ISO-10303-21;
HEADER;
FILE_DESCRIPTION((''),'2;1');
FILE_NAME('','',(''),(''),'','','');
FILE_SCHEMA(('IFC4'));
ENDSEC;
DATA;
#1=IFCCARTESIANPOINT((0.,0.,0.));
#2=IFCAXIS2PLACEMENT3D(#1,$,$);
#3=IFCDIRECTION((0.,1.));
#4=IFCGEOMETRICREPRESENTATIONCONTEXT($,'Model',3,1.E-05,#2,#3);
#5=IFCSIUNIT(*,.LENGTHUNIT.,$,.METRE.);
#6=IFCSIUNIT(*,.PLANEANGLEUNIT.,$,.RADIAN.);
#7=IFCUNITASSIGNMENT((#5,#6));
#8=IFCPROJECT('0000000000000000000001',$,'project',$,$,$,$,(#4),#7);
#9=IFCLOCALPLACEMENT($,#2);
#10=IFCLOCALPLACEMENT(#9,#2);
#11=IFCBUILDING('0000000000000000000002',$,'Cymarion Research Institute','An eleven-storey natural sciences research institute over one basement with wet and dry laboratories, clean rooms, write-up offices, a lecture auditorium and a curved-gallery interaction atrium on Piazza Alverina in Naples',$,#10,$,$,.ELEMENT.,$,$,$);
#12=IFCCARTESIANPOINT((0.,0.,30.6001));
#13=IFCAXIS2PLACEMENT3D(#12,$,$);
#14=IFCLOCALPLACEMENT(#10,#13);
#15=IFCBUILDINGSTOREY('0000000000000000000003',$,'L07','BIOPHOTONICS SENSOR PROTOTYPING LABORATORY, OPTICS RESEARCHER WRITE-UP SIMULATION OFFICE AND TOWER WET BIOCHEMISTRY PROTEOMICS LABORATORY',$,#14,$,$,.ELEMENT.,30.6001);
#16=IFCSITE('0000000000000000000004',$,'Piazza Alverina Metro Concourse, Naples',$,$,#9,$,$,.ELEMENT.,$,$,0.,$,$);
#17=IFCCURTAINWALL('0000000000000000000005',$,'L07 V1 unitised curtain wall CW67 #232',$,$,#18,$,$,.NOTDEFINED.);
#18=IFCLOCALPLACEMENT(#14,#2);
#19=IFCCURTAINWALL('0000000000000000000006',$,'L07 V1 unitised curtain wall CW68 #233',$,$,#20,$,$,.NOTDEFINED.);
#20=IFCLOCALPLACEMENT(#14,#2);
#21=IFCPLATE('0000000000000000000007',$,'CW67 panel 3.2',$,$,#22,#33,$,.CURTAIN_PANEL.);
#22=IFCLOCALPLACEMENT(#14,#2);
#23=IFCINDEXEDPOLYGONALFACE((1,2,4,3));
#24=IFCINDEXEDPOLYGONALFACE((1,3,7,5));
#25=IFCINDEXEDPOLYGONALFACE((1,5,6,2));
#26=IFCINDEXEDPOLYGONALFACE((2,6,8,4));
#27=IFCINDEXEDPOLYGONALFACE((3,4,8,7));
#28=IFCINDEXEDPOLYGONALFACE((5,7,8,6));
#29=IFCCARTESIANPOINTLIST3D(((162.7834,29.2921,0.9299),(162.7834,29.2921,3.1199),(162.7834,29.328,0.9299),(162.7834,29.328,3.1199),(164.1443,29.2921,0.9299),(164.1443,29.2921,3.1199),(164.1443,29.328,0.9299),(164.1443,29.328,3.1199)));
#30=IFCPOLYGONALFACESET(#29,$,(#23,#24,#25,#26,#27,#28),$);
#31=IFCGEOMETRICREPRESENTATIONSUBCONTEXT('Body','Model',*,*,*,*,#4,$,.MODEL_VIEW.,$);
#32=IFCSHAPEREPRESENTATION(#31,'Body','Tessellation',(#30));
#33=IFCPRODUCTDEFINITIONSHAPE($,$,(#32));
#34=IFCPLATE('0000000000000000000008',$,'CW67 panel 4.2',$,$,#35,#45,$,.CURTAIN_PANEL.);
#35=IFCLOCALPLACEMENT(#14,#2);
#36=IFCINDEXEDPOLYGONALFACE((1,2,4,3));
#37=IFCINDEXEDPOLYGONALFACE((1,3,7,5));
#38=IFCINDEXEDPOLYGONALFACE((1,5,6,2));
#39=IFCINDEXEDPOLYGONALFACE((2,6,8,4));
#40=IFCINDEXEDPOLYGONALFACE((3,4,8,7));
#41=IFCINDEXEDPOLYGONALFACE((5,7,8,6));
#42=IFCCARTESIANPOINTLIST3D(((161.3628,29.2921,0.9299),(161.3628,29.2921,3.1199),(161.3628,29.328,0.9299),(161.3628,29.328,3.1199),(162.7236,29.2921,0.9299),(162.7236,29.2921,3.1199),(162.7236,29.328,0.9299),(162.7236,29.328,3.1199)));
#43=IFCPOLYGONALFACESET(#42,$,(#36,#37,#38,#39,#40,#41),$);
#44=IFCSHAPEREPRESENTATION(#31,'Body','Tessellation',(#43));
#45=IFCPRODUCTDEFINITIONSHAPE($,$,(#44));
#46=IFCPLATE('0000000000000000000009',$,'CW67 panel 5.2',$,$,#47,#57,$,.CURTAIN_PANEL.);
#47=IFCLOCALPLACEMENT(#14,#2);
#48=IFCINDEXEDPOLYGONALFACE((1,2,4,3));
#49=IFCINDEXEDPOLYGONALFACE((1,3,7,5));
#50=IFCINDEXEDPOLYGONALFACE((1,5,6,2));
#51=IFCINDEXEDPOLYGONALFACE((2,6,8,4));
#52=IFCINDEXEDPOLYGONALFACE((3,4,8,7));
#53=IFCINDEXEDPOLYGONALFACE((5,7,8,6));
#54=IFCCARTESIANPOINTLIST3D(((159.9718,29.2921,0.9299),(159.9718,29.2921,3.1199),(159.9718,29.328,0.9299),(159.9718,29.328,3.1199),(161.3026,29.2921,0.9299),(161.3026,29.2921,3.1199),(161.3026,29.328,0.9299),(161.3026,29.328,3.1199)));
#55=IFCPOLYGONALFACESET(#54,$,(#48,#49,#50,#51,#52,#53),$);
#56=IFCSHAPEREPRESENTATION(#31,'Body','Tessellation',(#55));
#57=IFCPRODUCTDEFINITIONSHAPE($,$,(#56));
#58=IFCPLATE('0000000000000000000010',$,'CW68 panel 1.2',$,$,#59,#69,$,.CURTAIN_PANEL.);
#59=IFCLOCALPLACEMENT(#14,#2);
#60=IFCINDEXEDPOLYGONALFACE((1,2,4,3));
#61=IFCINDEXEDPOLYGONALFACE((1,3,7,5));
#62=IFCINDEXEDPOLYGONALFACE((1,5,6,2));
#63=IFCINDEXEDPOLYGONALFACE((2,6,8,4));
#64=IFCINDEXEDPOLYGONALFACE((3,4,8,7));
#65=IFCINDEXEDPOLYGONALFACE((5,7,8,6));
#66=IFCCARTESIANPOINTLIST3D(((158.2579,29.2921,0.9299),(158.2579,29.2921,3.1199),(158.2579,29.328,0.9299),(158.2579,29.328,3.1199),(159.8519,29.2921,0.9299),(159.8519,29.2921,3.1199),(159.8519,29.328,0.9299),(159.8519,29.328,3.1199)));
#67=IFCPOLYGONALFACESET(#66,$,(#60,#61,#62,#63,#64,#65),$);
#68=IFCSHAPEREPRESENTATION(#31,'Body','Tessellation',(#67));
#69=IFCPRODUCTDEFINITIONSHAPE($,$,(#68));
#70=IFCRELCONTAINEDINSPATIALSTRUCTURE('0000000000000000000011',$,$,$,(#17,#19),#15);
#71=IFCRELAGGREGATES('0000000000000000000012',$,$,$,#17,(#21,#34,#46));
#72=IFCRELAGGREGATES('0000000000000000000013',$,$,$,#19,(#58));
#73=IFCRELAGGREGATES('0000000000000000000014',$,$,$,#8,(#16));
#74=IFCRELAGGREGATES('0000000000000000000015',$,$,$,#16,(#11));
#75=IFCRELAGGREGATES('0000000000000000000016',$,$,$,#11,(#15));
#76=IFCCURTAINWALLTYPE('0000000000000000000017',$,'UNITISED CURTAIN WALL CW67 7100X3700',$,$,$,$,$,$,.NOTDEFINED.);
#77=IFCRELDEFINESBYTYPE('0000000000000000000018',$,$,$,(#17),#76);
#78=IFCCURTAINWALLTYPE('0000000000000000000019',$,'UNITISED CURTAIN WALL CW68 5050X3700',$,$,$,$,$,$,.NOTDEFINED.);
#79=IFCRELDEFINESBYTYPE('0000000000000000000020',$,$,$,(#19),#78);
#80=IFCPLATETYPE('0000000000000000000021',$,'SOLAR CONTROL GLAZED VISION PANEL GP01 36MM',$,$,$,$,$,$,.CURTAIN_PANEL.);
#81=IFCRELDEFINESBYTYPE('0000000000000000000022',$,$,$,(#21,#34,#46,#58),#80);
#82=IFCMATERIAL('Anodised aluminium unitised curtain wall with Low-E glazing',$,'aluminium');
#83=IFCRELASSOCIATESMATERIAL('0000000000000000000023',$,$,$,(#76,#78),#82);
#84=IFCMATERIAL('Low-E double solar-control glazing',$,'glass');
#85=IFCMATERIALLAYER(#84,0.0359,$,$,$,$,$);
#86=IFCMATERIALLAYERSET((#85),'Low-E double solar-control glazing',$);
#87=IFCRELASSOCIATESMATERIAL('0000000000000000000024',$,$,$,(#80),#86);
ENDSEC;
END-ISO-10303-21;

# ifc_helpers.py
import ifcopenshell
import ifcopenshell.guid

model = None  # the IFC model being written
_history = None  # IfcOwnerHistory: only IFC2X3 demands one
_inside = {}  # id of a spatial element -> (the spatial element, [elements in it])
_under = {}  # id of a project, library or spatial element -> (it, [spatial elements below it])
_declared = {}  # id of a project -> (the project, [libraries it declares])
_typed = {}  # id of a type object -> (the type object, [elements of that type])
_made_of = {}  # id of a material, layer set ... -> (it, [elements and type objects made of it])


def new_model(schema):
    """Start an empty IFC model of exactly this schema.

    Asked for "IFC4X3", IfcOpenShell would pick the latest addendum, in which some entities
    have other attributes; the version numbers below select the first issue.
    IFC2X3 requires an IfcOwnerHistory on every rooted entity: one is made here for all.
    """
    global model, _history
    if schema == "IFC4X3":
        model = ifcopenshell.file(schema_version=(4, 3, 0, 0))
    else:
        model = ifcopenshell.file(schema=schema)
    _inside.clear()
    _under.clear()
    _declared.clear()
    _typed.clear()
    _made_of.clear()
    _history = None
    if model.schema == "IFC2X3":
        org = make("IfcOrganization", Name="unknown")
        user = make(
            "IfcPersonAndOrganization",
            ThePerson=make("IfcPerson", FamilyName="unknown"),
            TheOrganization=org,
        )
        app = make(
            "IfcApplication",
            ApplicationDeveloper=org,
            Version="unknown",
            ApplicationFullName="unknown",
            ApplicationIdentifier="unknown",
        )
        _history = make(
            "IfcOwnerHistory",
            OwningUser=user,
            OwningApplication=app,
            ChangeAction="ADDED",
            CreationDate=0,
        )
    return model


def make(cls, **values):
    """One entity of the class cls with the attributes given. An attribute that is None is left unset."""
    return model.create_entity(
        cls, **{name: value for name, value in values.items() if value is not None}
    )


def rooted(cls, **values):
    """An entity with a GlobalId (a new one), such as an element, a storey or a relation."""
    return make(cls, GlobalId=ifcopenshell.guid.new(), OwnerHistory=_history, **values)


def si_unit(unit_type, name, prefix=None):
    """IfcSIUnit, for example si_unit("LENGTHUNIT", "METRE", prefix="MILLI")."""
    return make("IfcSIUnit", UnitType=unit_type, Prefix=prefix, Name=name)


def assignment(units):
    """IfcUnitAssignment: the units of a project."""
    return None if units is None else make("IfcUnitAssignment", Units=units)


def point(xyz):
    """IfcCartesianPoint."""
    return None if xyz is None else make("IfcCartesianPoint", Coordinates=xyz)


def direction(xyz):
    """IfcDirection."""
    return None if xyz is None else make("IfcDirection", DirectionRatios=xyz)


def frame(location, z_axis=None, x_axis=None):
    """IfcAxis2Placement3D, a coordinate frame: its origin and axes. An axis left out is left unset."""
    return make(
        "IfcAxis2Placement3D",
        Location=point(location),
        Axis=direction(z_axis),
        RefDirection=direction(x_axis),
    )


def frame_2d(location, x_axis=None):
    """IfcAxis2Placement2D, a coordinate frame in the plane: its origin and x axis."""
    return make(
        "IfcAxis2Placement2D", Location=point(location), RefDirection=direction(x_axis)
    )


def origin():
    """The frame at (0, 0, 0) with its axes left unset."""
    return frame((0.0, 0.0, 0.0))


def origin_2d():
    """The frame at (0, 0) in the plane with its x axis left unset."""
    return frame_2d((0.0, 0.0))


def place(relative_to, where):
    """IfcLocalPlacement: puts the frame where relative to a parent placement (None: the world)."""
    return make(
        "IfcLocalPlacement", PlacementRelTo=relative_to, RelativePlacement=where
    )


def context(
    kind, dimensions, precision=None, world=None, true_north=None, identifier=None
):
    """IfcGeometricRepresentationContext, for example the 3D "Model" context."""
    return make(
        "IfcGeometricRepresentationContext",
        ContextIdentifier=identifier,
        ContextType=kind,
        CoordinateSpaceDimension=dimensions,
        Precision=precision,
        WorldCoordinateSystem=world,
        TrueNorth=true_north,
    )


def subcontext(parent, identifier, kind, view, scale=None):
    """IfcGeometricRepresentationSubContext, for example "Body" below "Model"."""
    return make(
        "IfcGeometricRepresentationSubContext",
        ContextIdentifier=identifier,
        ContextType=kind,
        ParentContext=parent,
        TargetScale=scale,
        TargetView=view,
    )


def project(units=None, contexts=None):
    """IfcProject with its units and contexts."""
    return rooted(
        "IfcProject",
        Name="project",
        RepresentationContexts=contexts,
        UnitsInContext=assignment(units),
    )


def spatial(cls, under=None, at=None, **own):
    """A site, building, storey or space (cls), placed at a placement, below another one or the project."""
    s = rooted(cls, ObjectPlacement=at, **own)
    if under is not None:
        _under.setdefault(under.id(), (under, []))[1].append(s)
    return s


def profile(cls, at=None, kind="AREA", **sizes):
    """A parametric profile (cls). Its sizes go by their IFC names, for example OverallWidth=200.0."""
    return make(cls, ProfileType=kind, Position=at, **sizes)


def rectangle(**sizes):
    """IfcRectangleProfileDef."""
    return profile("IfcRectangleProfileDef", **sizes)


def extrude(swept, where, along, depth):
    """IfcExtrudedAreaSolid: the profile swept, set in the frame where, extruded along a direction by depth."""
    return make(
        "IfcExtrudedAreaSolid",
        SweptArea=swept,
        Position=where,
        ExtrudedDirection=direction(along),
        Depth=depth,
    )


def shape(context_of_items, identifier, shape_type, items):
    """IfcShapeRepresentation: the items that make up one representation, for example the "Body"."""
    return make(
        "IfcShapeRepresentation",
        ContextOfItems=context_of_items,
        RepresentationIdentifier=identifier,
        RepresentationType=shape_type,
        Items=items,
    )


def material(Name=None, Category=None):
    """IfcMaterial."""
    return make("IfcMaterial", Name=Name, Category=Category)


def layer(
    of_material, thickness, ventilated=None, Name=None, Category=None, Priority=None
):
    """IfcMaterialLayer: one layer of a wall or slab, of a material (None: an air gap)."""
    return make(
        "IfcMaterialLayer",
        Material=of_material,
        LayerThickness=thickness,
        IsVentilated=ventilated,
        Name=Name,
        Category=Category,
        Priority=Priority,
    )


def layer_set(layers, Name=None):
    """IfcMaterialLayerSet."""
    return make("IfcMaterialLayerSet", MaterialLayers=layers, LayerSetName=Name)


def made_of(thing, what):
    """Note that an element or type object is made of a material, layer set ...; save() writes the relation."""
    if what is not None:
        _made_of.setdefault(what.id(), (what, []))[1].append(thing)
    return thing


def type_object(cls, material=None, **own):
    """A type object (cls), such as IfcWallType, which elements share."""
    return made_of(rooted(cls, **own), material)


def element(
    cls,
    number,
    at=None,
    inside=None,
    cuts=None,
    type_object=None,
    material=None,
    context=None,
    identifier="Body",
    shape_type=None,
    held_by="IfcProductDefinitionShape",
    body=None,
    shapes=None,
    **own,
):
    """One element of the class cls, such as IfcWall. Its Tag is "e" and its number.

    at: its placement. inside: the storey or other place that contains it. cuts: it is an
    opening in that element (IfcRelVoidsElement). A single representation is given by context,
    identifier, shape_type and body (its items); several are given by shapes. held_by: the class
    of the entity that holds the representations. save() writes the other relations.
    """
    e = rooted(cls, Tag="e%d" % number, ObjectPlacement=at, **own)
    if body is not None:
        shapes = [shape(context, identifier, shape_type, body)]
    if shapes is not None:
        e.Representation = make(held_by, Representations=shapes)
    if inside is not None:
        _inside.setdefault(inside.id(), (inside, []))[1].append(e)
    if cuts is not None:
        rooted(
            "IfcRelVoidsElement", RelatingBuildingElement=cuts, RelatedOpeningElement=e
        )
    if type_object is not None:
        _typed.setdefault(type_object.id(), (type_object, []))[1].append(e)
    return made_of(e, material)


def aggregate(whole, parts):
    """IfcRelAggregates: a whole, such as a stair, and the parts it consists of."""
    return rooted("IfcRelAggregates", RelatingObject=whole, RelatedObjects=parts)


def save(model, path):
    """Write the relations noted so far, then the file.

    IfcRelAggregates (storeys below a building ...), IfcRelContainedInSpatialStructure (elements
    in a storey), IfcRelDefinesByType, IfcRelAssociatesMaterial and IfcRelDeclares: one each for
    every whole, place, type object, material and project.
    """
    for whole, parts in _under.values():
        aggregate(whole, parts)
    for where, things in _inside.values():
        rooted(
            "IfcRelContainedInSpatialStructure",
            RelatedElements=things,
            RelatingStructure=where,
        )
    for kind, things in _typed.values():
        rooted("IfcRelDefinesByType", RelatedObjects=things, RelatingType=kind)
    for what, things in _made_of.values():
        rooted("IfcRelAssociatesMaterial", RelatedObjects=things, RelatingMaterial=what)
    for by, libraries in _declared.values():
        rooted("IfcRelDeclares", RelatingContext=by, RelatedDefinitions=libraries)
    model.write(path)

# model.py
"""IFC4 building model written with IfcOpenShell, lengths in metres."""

from ifc_helpers import new_model, si_unit, direction, frame, origin, origin_2d, place, context, subcontext, project, spatial, rectangle, extrude, material, layer, layer_set, type_object, element, aggregate, save


model = new_model("IFC4")

# Units and contexts
model_context = context("Model", 3, precision=1e-05, world=origin(), true_north=direction((0.0, 1.0)))
body_context = subcontext(model_context, "Body", "Model", "MODEL_VIEW")
ifc_project = project(units=[si_unit("LENGTHUNIT", "METRE"), si_unit("PLANEANGLEUNIT", "RADIAN")], contexts=[model_context])

# Site, building, storey
site_placement = place(None, origin())
site = spatial("IfcSite", under=ifc_project, at=site_placement, Name="Piazza Alverina Metro Concourse, Naples", CompositionType="ELEMENT", RefElevation=0.0)
building_placement = place(site_placement, origin())
building = spatial("IfcBuilding", under=site, at=building_placement, Name="Cymarion Research Institute", Description="An eleven-storey natural sciences research institute over one basement with wet and dry laboratories, clean rooms, write-up offices, a lecture auditorium and a curved-gallery interaction atrium on Piazza Alverina in Naples", CompositionType="ELEMENT")
storey_placement = place(building_placement, frame((0.0, 0.0, 30.6001)))
storey = spatial("IfcBuildingStorey", under=building, at=storey_placement, Name="L07", Description="BIOPHOTONICS SENSOR PROTOTYPING LABORATORY, OPTICS RESEARCHER WRITE-UP SIMULATION OFFICE AND TOWER WET BIOCHEMISTRY PROTEOMICS LABORATORY", CompositionType="ELEMENT", Elevation=30.6001)

# Curtain walls
ifc_material_1 = material(Name="Anodised aluminium unitised curtain wall with Low-E glazing", Category="aluminium")
curtain_wall_type_1 = type_object("IfcCurtainWallType", Name="UNITISED CURTAIN WALL CW67 7100X3700", PredefinedType="NOTDEFINED", material=ifc_material_1)
curtain_wall_1_placement = place(storey_placement, origin())
curtain_wall_1 = element("IfcCurtainWall", 1, at=curtain_wall_1_placement, inside=storey, type_object=curtain_wall_type_1, Name="L07 V1 unitised curtain wall CW67 #232", PredefinedType="NOTDEFINED")
curtain_wall_type_2 = type_object("IfcCurtainWallType", Name="UNITISED CURTAIN WALL CW68 5050X3700", PredefinedType="NOTDEFINED", material=ifc_material_1)
curtain_wall_2_placement = place(storey_placement, origin())
curtain_wall_2 = element("IfcCurtainWall", 2, at=curtain_wall_2_placement, inside=storey, type_object=curtain_wall_type_2, Name="L07 V1 unitised curtain wall CW68 #233", PredefinedType="NOTDEFINED")

# Plates
ifc_material_2 = material(Name="Low-E double solar-control glazing", Category="glass")
ifc_layer_1 = layer(ifc_material_2, 0.0359)
ifc_layer_set_1 = layer_set([ifc_layer_1], Name="Low-E double solar-control glazing")
plate_type_1 = type_object("IfcPlateType", Name="SOLAR CONTROL GLAZED VISION PANEL GP01 36MM", PredefinedType="CURTAIN_PANEL", material=ifc_layer_set_1)
plate_1_placement = place(storey_placement, frame((163.4639, 29.3101, 0.9299), z_axis=(0.0, 0.0, 1.0), x_axis=(-1.0, 0.0, 0.0)))
plate_1 = element("IfcPlate", 3, at=plate_1_placement, type_object=plate_type_1, Name="CW67 panel 3.2", PredefinedType="CURTAIN_PANEL", context=body_context, shape_type="SweptSolid", body=[
    extrude(rectangle(XDim=1.3608, YDim=0.0359, at=origin_2d()), origin(), (0.0, 0.0, 1.0), 2.1899),
])
plate_2_placement = place(storey_placement, frame((162.0432, 29.3101, 0.9299), z_axis=(0.0, 0.0, 1.0), x_axis=(-1.0, 0.0, 0.0)))
plate_2 = element("IfcPlate", 4, at=plate_2_placement, type_object=plate_type_1, Name="CW67 panel 4.2", PredefinedType="CURTAIN_PANEL", context=body_context, shape_type="SweptSolid", body=[
    extrude(rectangle(XDim=1.3608, YDim=0.0359, at=origin_2d()), origin(), (0.0, 0.0, 1.0), 2.1899),
])
plate_3_placement = place(storey_placement, frame((160.6372, 29.3101, 0.9299), z_axis=(0.0, 0.0, 1.0), x_axis=(-1.0, 0.0, 0.0)))
plate_3 = element("IfcPlate", 5, at=plate_3_placement, type_object=plate_type_1, Name="CW67 panel 5.2", PredefinedType="CURTAIN_PANEL", context=body_context, shape_type="SweptSolid", body=[
    extrude(rectangle(XDim=1.3308, YDim=0.0359, at=origin_2d()), origin(), (0.0, 0.0, 1.0), 2.1899),
])
aggregate(curtain_wall_1, [plate_1, plate_2, plate_3])
plate_4_placement = place(storey_placement, frame((159.0549, 29.3101, 0.9299), z_axis=(0.0, 0.0, 1.0), x_axis=(-1.0, 0.0, 0.0)))
plate_4 = element("IfcPlate", 6, at=plate_4_placement, type_object=plate_type_1, Name="CW68 panel 1.2", PredefinedType="CURTAIN_PANEL", context=body_context, shape_type="SweptSolid", body=[
    extrude(rectangle(XDim=1.594, YDim=0.0359, at=origin_2d()), origin(), (0.0, 0.0, 1.0), 2.1899),
])
aggregate(curtain_wall_2, [plate_4])

save(model, "model.ifc")
